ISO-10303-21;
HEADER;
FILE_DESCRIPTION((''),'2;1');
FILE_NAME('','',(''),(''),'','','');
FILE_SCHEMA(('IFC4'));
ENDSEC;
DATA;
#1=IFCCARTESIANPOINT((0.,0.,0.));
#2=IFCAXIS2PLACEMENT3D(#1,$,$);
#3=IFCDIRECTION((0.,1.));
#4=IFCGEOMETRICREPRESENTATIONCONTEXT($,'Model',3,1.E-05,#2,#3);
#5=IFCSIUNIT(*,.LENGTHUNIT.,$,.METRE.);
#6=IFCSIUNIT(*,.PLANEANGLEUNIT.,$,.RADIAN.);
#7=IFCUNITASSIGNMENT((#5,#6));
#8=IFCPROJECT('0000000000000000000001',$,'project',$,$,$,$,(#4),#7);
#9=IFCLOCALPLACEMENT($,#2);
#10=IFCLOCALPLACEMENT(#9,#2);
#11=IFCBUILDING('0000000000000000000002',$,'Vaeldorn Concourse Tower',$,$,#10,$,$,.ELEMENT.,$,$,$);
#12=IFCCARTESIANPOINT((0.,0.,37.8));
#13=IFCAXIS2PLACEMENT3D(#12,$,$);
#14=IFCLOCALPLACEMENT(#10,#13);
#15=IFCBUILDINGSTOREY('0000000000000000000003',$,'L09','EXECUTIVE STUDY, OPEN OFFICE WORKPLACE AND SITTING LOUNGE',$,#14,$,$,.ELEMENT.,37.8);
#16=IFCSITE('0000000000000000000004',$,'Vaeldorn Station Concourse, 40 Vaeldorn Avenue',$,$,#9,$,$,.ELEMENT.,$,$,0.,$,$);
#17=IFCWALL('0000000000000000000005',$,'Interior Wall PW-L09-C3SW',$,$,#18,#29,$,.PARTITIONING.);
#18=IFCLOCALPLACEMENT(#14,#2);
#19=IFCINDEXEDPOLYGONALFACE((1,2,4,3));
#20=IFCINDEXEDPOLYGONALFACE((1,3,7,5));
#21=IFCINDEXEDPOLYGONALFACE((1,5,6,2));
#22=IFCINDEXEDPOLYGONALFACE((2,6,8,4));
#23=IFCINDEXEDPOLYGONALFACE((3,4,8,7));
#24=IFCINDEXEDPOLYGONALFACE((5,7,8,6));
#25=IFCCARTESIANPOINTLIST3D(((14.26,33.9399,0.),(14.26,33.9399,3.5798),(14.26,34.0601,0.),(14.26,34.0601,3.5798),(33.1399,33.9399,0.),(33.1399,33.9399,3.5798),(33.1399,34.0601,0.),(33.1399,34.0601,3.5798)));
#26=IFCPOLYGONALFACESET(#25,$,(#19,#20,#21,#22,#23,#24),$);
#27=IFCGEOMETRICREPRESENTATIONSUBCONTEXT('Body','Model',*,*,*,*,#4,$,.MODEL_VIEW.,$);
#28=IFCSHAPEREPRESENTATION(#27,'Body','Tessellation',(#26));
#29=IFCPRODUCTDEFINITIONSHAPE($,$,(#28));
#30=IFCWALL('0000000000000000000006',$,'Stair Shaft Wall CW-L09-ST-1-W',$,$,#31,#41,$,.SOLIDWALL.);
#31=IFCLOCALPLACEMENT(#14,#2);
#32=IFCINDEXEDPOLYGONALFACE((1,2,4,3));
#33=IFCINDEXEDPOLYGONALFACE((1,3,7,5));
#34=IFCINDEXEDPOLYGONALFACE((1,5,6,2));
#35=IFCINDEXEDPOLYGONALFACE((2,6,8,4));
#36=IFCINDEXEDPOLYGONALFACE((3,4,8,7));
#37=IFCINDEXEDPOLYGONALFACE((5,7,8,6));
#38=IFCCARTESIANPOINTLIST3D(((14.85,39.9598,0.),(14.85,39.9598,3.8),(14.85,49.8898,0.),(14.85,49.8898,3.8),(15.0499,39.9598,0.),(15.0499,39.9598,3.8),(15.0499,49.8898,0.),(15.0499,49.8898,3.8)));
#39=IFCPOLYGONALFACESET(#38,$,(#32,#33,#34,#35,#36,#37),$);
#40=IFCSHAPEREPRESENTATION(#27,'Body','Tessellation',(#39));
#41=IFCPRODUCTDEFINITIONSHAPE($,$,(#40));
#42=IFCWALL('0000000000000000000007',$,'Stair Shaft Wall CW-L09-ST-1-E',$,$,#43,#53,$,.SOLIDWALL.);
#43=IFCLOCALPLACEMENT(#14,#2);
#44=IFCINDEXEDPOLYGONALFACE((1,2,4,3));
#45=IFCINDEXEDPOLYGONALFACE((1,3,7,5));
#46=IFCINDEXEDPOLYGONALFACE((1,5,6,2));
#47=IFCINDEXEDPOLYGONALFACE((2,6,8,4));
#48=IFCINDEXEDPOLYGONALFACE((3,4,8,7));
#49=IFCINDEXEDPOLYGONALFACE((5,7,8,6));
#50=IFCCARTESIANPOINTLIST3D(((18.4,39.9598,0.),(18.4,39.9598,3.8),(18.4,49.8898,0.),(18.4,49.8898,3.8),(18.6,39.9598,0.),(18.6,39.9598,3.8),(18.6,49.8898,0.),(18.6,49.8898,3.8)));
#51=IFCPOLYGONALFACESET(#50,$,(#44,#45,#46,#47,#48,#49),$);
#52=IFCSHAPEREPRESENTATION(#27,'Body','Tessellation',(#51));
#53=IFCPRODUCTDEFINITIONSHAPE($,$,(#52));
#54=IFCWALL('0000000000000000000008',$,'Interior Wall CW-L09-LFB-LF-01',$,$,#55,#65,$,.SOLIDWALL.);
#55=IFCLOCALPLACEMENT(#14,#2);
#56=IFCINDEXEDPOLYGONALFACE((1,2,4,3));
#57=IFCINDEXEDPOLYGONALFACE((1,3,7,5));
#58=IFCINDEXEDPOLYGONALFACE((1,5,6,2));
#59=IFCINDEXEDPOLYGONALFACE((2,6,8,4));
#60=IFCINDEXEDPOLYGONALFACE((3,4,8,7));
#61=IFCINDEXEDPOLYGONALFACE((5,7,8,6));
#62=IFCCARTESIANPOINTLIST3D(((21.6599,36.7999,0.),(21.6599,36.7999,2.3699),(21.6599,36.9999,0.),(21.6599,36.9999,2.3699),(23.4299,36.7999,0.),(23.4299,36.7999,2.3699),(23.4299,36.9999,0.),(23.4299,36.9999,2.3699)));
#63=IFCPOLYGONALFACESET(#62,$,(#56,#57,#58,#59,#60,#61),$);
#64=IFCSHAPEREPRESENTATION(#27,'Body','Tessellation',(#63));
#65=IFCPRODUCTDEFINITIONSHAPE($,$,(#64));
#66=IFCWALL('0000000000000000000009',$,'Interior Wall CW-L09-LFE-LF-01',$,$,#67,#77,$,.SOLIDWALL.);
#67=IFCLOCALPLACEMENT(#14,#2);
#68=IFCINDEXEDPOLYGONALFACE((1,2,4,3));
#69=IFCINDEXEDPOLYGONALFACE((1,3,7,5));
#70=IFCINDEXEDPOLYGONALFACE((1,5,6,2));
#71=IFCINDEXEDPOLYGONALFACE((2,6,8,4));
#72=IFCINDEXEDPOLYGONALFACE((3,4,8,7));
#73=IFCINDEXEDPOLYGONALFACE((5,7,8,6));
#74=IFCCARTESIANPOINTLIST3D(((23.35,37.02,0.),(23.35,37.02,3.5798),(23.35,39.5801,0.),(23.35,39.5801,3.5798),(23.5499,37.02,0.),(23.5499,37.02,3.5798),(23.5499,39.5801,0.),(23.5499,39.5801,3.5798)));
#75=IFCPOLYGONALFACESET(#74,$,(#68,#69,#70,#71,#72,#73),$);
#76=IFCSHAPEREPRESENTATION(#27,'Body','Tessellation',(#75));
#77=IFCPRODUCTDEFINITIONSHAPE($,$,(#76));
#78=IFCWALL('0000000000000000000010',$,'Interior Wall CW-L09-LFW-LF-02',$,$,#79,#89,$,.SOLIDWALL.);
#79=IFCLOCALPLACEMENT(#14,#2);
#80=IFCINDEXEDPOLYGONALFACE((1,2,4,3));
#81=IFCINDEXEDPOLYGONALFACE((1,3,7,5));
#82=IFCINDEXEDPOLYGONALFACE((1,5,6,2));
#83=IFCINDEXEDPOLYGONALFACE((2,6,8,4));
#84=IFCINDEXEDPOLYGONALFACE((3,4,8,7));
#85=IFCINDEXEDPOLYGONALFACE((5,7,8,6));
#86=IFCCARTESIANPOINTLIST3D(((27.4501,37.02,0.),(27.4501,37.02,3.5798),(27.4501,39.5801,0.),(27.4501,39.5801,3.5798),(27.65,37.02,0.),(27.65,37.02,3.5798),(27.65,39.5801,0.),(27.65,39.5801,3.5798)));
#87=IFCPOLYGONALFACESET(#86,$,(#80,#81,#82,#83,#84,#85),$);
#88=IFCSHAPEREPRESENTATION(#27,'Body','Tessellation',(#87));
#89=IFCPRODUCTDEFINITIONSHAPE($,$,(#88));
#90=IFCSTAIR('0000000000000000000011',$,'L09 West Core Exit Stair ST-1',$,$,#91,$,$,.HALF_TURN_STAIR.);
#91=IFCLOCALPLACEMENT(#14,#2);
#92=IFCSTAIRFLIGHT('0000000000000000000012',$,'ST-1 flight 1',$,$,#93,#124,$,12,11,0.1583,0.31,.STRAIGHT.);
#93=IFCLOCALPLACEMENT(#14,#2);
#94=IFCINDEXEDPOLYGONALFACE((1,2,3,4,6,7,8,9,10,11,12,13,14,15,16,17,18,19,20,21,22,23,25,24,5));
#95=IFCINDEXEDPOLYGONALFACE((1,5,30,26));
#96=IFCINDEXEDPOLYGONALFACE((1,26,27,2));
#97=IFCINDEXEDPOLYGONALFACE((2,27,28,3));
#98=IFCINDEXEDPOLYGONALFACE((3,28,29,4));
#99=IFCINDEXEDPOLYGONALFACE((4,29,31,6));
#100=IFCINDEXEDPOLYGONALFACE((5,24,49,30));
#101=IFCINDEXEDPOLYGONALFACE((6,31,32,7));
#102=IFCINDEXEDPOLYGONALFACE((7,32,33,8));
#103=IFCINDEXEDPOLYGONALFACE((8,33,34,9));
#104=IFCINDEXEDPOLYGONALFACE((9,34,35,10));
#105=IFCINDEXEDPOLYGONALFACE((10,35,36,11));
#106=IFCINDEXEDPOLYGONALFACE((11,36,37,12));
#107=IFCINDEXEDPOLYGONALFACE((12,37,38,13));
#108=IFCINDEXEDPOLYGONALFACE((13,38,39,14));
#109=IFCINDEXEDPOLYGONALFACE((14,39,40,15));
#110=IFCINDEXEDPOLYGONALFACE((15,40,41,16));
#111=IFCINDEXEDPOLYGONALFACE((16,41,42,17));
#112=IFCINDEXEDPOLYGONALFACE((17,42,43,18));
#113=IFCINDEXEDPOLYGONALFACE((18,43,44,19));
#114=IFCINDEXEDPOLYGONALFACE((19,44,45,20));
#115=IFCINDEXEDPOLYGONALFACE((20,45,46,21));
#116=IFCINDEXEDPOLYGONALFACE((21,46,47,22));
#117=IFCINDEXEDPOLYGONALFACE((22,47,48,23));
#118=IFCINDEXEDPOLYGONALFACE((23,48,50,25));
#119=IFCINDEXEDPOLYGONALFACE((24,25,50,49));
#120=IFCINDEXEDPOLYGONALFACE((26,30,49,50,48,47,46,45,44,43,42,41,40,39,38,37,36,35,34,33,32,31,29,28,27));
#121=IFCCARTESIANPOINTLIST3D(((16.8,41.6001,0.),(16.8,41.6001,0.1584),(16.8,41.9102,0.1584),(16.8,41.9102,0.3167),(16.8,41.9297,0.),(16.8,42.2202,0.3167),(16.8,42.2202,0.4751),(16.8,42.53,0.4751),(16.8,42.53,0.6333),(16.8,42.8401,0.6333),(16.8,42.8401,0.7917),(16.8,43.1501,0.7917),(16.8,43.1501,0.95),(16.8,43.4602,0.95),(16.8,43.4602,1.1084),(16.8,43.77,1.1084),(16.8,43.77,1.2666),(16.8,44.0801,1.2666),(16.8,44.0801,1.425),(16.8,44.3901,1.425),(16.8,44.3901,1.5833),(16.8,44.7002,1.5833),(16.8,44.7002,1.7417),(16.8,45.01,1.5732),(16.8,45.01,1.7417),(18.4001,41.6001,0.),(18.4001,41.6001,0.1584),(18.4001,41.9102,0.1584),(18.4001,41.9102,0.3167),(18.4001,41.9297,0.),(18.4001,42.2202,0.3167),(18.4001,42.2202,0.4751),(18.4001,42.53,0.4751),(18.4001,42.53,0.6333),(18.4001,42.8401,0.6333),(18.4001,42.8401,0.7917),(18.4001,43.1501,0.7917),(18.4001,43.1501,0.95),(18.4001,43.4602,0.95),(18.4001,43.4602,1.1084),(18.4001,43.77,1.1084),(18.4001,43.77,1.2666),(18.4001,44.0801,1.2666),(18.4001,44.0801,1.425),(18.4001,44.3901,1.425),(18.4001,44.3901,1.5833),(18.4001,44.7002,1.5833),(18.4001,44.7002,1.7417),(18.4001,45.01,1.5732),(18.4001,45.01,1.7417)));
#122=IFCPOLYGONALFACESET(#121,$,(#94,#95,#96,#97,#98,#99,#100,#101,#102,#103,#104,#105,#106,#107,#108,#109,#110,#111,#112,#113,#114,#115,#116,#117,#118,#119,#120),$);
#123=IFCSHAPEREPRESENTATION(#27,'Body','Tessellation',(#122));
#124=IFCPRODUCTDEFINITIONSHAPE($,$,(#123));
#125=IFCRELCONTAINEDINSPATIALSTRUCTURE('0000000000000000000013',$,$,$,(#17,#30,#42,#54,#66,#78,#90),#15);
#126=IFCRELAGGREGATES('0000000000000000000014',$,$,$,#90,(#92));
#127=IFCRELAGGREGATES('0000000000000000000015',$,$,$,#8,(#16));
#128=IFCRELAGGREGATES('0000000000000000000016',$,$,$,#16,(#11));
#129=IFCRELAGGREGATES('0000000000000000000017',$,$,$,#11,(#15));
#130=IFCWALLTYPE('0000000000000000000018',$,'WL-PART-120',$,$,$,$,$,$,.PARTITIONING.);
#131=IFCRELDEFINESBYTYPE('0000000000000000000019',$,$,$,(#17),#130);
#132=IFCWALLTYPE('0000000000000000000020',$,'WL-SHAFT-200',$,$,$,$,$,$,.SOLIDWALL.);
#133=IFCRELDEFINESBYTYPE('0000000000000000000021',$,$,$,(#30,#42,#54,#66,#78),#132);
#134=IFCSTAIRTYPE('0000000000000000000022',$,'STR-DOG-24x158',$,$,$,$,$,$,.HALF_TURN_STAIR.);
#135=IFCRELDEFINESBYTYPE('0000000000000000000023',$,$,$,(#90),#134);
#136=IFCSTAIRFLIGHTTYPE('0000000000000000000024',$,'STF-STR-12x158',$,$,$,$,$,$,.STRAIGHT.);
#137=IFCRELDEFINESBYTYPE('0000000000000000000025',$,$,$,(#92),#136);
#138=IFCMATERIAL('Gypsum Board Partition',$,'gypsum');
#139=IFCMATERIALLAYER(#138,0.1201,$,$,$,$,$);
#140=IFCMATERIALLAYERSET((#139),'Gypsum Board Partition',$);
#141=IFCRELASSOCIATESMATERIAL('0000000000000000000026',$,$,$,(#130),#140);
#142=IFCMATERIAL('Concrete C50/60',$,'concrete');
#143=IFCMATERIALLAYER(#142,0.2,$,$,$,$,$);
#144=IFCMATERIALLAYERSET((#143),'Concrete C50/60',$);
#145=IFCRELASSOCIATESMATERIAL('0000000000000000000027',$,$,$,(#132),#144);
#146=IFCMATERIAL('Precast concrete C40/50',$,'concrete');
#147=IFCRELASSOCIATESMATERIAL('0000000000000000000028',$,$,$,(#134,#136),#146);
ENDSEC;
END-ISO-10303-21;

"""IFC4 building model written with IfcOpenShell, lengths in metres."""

from ifc_helpers import new_model, si_unit, direction, frame, frame_2d, origin, place, context, subcontext, project, spatial, polyline, rectangle, outline, extrude, material, layer, layer_set, type_object, element, aggregate, save


model = new_model("IFC4")

# Units and contexts
model_context = context("Model", 3, precision=1e-05, world=origin(), true_north=direction((0.0, 1.0)))
body_context = subcontext(model_context, "Body", "Model", "MODEL_VIEW")
ifc_project = project(units=[si_unit("LENGTHUNIT", "METRE"), si_unit("PLANEANGLEUNIT", "RADIAN")], contexts=[model_context])

# Site, building, storey
site_placement = place(None, origin())
site = spatial("IfcSite", under=ifc_project, at=site_placement, Name="Vaeldorn Station Concourse, 40 Vaeldorn Avenue", CompositionType="ELEMENT", RefElevation=0.0)
building_placement = place(site_placement, origin())
building = spatial("IfcBuilding", under=site, at=building_placement, Name="Vaeldorn Concourse Tower", CompositionType="ELEMENT")
storey_placement = place(building_placement, frame((0.0, 0.0, 37.8)))
storey = spatial("IfcBuildingStorey", under=building, at=storey_placement, Name="L09", Description="EXECUTIVE STUDY, OPEN OFFICE WORKPLACE AND SITTING LOUNGE", CompositionType="ELEMENT", Elevation=37.8)

# Wall
ifc_material_1 = material(Name="Gypsum Board Partition", Category="gypsum")
ifc_layer_1 = layer(ifc_material_1, 0.1201)
ifc_layer_set_1 = layer_set([ifc_layer_1], Name="Gypsum Board Partition")
wall_type_1 = type_object("IfcWallType", Name="WL-PART-120", PredefinedType="PARTITIONING", material=ifc_layer_set_1)
wall_1_placement = place(storey_placement, frame((14.26, 34.0, 0.0), z_axis=(0.0, 0.0, 1.0), x_axis=(1.0, 0.0, 0.0)))
element("IfcWall", 1, at=wall_1_placement, inside=storey, type_object=wall_type_1, Name="Interior Wall PW-L09-C3SW", PredefinedType="PARTITIONING", context=body_context, shape_type="SweptSolid", body=[
    extrude(rectangle(XDim=18.8799, YDim=0.1201, at=frame_2d((9.4399, 0.0))), origin(), (0.0, 0.0, 1.0), 3.5798),
])

# Shared definitions
ifc_material_2 = material(Name="Concrete C50/60", Category="concrete")
ifc_layer_2 = layer(ifc_material_2, 0.2)
ifc_layer_set_2 = layer_set([ifc_layer_2], Name="Concrete C50/60")
wall_type_2 = type_object("IfcWallType", Name="WL-SHAFT-200", PredefinedType="SOLIDWALL", material=ifc_layer_set_2)

# Walls
for number, where, z_axis, x_axis, name in (
    (2, (14.95, 39.96, 0.0), (0.0, 0.0, 1.0), (0.0, 1.0, 0.0), "Stair Shaft Wall CW-L09-ST-1-W"),
    (3, (18.5, 39.96, 0.0), (0.0, 0.0, 1.0), (0.0, 1.0, 0.0), "Stair Shaft Wall CW-L09-ST-1-E"),
):
    element("IfcWall", number, at=place(storey_placement, frame(where, z_axis=z_axis, x_axis=x_axis)), inside=storey, type_object=wall_type_2, Name=name, PredefinedType="SOLIDWALL", context=body_context, shape_type="SweptSolid", body=[
        extrude(rectangle(XDim=9.9299, YDim=0.2, at=frame_2d((4.9648, 0.0))), origin(), (0.0, 0.0, 1.0), 3.8),
    ])

# Walls
wall_2_placement = place(storey_placement, frame((21.6599, 36.8999, 0.0), z_axis=(0.0, 0.0, 1.0), x_axis=(1.0, 0.0, 0.0)))
element("IfcWall", 4, at=wall_2_placement, inside=storey, type_object=wall_type_2, Name="Interior Wall CW-L09-LFB-LF-01", PredefinedType="SOLIDWALL", context=body_context, shape_type="SweptSolid", body=[
    extrude(rectangle(XDim=1.77, YDim=0.2, at=frame_2d((0.885, 0.0))), origin(), (0.0, 0.0, 1.0), 2.3699),
])
wall_3_placement = place(storey_placement, frame((23.45, 37.02, 0.0), z_axis=(0.0, 0.0, 1.0), x_axis=(0.0, 1.0, 0.0)))
element("IfcWall", 5, at=wall_3_placement, inside=storey, type_object=wall_type_2, Name="Interior Wall CW-L09-LFE-LF-01", PredefinedType="SOLIDWALL", context=body_context, shape_type="SweptSolid", body=[
    extrude(rectangle(XDim=2.5601, YDim=0.2, at=frame_2d((1.28, 0.0))), origin(), (0.0, 0.0, 1.0), 3.5798),
])

# Wall
wall_4_placement = place(storey_placement, frame((27.55, 37.02, 0.0), z_axis=(0.0, 0.0, 1.0), x_axis=(0.0, 1.0, 0.0)))
element("IfcWall", 6, at=wall_4_placement, inside=storey, type_object=wall_type_2, Name="Interior Wall CW-L09-LFW-LF-02", PredefinedType="SOLIDWALL", context=body_context, shape_type="SweptSolid", body=[
    extrude(rectangle(XDim=2.5601, YDim=0.2, at=frame_2d((1.28, 0.0))), origin(), (0.0, 0.0, 1.0), 3.5798),
])

# Stair, stair flight
ifc_material_3 = material(Name="Precast concrete C40/50", Category="concrete")
stair_type = type_object("IfcStairType", Name="STR-DOG-24x158", PredefinedType="HALF_TURN_STAIR", material=ifc_material_3)
stair_placement = place(storey_placement, origin())
stair = element("IfcStair", 7, at=stair_placement, inside=storey, type_object=stair_type, Name="L09 West Core Exit Stair ST-1", PredefinedType="HALF_TURN_STAIR")
stair_flight_type = type_object("IfcStairFlightType", Name="STF-STR-12x158", PredefinedType="STRAIGHT", material=ifc_material_3)
stair_flight_placement = place(storey_placement, frame((17.6001, 41.6001, 0.0), z_axis=(0.0, 0.0, 1.0), x_axis=(0.0, 1.0, 0.0)))
stair_flight = element("IfcStairFlight", 8, at=stair_flight_placement, type_object=stair_flight_type, Name="ST-1 flight 1", NumberOfRisers=12, NumberOfTreads=11, PredefinedType="STRAIGHT", RiserHeight=0.1583, TreadLength=0.31, context=body_context, shape_type="SweptSolid", body=[
    extrude(outline(polyline([(0.0, 0.0), (0.0, 0.1584), (0.3101, 0.1584), (0.3101, 0.3167), (0.6201, 0.3167), (0.6201, 0.4751), (0.9299, 0.4751), (0.9299, 0.6333), (1.24, 0.6333), (1.24, 0.7917), (1.55, 0.7917), (1.55, 0.95), (1.8601, 0.95), (1.8601, 1.1084), (2.1699, 1.1084), (2.1699, 1.2666), (2.48, 1.2666), (2.48, 1.425), (2.79, 1.425), (2.79, 1.5833), (3.1001, 1.5833), (3.1001, 1.7417), (3.4099, 1.7417), (3.4099, 1.8999), (3.4099, 1.5732), (0.3296, 0.0), (0.0, 0.0)])), frame((0.0, 0.8, 0.0), z_axis=(0.0, -1.0, 0.0), x_axis=(1.0, 0.0, 0.0)), (0.0, 0.0, 1.0), 1.6001),
])
aggregate(stair, [stair_flight])

save(model, "model.ifc")
